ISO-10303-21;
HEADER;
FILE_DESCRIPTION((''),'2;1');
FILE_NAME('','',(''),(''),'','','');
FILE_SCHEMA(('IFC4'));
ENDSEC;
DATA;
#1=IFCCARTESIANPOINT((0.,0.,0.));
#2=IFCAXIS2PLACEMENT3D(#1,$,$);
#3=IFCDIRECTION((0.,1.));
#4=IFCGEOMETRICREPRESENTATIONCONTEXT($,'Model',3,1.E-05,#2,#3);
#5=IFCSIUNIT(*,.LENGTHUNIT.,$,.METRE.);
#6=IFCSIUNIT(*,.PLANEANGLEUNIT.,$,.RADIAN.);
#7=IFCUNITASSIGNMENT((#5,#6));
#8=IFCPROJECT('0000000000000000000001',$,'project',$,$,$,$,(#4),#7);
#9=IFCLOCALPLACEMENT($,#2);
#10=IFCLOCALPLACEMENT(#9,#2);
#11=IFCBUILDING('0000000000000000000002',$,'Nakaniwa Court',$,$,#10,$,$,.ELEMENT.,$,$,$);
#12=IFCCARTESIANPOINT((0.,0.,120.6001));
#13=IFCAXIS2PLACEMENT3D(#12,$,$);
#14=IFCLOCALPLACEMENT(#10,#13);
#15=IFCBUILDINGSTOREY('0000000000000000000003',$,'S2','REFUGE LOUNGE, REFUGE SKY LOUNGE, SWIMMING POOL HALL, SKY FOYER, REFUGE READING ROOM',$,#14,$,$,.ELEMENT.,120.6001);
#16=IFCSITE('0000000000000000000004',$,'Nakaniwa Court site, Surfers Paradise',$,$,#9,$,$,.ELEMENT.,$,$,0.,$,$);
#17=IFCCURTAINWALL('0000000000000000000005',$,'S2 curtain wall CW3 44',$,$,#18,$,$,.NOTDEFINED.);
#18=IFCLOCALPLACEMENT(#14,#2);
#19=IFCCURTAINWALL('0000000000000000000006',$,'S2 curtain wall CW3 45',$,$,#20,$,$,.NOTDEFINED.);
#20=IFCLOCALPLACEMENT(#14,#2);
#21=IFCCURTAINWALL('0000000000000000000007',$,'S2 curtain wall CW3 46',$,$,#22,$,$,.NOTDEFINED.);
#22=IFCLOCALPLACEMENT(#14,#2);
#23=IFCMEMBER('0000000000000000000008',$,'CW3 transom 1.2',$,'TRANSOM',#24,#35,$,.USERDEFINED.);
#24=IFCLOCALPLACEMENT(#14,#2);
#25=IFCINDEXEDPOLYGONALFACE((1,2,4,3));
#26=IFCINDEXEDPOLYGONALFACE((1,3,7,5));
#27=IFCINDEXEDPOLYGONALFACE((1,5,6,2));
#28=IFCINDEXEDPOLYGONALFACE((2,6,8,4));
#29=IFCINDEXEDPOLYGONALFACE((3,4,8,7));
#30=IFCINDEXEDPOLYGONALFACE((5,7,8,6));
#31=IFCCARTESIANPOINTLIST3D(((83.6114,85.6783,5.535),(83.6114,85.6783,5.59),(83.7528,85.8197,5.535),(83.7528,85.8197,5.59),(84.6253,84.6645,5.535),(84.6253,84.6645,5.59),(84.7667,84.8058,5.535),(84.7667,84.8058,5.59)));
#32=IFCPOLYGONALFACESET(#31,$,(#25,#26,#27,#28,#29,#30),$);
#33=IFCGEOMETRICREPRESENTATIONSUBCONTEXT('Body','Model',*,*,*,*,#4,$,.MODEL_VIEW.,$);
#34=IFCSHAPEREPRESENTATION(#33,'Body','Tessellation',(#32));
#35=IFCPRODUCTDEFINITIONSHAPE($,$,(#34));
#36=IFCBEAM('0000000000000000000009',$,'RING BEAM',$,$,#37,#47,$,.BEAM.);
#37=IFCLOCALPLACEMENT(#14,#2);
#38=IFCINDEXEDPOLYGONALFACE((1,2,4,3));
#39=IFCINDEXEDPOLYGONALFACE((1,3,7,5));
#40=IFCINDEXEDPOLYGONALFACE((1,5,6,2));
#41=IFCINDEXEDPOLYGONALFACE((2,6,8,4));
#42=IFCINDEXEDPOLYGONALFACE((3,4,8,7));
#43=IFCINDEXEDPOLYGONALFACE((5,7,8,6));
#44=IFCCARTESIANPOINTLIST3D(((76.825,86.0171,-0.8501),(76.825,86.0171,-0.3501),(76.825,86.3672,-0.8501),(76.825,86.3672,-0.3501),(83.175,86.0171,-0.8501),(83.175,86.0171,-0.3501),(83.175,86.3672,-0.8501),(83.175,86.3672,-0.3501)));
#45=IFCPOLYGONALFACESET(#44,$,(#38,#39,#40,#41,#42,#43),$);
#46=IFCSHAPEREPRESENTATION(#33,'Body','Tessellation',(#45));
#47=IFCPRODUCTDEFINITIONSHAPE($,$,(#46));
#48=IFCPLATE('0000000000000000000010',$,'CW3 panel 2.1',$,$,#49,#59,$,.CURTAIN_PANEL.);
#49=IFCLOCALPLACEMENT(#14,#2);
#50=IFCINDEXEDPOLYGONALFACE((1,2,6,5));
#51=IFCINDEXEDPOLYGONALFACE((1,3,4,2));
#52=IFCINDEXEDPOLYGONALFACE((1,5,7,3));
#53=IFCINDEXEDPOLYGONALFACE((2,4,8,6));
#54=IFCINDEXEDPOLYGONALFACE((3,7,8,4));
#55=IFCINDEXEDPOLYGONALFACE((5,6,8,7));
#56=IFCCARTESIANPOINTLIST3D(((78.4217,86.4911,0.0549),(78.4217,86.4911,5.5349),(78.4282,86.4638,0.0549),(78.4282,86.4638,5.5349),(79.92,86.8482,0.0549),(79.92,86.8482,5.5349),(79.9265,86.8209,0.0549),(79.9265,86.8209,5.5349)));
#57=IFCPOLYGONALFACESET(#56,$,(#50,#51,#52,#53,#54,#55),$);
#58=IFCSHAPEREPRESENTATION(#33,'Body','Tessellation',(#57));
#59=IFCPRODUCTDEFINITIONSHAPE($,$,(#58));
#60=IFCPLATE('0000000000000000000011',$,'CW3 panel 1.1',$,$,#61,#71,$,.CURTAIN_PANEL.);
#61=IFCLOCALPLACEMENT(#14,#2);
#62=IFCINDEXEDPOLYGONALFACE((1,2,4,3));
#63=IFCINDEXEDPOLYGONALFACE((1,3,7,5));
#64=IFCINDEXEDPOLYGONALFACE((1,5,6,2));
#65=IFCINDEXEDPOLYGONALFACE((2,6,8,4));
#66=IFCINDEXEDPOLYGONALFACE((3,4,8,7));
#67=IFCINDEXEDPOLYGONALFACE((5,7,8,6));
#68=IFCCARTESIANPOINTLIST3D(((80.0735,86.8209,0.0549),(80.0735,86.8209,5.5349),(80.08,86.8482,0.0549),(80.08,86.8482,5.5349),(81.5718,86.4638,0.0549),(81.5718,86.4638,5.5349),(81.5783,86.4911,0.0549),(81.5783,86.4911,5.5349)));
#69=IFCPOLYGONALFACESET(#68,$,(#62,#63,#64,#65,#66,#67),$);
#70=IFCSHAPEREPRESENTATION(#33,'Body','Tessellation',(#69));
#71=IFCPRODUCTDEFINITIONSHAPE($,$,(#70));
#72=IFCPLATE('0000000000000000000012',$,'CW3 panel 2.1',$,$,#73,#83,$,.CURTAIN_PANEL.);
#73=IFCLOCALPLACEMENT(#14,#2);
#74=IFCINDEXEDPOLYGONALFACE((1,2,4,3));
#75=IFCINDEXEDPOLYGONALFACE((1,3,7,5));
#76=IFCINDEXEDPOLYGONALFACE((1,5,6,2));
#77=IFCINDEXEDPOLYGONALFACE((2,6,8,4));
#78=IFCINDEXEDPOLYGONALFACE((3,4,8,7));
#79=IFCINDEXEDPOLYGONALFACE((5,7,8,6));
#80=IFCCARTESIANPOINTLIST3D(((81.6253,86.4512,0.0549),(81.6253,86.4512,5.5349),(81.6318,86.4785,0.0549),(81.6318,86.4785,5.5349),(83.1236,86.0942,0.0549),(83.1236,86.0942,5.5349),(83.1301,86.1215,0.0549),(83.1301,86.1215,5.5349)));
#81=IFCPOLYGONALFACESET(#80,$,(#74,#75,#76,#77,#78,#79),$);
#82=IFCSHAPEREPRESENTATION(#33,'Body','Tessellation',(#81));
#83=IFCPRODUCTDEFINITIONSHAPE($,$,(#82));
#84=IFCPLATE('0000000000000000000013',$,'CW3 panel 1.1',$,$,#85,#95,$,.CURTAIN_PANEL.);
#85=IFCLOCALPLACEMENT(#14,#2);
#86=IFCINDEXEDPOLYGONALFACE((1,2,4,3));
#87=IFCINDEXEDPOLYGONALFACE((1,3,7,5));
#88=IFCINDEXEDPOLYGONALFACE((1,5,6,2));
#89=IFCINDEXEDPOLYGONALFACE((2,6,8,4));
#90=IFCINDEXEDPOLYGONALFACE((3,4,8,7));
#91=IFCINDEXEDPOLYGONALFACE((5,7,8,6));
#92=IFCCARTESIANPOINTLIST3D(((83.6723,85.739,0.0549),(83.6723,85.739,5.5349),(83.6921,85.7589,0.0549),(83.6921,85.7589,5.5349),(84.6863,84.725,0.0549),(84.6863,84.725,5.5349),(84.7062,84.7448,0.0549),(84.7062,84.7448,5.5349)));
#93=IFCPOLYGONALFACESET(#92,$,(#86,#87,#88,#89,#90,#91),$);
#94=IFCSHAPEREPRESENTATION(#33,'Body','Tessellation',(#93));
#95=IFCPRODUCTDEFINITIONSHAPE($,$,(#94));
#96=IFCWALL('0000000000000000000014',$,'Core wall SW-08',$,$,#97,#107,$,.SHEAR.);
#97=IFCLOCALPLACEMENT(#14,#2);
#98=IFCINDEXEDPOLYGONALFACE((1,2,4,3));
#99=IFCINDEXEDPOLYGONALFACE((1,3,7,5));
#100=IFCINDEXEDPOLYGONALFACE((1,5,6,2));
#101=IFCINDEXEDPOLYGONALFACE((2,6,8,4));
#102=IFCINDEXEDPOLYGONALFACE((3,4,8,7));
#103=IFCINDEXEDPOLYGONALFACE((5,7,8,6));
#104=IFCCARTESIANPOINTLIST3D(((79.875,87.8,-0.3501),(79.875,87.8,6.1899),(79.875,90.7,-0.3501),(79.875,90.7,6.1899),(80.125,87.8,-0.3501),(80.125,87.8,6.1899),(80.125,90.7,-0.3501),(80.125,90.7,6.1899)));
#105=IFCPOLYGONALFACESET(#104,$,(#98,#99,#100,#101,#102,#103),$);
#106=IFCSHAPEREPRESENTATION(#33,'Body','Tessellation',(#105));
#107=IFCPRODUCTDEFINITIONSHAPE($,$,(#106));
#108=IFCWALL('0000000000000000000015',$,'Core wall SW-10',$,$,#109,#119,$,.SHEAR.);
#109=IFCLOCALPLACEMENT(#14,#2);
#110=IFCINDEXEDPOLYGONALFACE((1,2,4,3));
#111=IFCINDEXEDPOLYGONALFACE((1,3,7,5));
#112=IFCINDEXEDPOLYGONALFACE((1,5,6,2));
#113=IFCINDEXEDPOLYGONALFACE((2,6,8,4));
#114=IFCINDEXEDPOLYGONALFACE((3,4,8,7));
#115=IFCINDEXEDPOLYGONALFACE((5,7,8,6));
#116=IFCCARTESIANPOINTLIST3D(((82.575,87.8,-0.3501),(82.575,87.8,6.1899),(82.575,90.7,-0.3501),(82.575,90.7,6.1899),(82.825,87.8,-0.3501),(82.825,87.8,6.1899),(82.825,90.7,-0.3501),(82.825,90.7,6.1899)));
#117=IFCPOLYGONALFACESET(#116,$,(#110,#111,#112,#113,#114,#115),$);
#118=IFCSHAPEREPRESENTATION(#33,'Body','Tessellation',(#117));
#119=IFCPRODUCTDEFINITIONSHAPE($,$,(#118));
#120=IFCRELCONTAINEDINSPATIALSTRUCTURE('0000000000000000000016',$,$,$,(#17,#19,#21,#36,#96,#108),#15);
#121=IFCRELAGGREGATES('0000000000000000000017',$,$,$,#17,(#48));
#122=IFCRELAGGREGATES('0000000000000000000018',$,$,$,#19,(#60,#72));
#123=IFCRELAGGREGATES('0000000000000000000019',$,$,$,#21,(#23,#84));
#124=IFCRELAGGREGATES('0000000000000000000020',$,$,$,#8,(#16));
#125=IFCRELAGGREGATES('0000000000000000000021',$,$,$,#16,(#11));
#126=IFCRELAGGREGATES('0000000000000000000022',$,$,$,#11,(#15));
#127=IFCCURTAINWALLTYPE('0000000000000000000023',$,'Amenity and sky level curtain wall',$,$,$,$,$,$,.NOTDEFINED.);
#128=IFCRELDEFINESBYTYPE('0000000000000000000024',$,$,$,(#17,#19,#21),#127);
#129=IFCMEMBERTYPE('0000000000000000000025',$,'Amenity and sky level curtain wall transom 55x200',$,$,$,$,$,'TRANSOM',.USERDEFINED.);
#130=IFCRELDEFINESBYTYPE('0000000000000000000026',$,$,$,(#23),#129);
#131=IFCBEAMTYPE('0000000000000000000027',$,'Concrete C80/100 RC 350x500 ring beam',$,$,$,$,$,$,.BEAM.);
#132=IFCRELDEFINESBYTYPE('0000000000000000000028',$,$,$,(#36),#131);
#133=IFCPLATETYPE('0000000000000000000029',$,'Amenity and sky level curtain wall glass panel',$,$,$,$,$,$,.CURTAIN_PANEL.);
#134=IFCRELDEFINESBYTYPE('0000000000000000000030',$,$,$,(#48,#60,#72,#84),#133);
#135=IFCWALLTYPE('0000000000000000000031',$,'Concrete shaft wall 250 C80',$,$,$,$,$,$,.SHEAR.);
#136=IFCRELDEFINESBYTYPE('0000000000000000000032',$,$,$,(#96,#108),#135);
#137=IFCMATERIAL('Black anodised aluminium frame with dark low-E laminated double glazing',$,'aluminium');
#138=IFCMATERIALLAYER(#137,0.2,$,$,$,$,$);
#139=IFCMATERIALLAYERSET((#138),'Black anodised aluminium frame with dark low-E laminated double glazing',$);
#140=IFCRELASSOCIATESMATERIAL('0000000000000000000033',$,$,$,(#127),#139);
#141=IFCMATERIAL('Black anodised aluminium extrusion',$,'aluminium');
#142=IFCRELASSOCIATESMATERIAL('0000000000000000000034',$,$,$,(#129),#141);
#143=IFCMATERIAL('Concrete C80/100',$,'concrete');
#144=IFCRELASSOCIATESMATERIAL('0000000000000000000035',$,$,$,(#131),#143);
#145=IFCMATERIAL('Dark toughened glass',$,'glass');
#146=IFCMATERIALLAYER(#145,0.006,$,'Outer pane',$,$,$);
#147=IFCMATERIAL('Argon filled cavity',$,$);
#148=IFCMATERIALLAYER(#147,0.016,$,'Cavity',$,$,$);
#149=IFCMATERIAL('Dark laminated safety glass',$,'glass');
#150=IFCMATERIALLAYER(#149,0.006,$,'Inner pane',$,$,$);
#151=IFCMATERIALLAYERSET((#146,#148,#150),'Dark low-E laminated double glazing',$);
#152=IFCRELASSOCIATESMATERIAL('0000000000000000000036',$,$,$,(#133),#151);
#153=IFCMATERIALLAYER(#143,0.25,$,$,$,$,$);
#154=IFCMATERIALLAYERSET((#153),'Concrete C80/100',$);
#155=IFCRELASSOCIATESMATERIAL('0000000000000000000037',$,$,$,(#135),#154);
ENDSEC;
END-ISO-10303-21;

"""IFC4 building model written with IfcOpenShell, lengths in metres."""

from ifc_helpers import new_model, si_unit, direction, frame, frame_2d, origin, origin_2d, place, context, subcontext, project, spatial, rectangle, extrude, material, layer, layer_set, material_profile, profile_set, type_object, element, aggregate, save


model = new_model("IFC4")

# Units and contexts
model_context = context("Model", 3, precision=1e-05, world=origin(), true_north=direction((0.0, 1.0)))
body_context = subcontext(model_context, "Body", "Model", "MODEL_VIEW")
ifc_project = project(units=[si_unit("LENGTHUNIT", "METRE"), si_unit("PLANEANGLEUNIT", "RADIAN")], contexts=[model_context])

# Site, building, storey
site_placement = place(None, origin())
site = spatial("IfcSite", under=ifc_project, at=site_placement, Name="Nakaniwa Court site, Surfers Paradise", CompositionType="ELEMENT", RefElevation=0.0)
building_placement = place(site_placement, origin())
building = spatial("IfcBuilding", under=site, at=building_placement, Name="Nakaniwa Court", CompositionType="ELEMENT")
storey_placement = place(building_placement, frame((0.0, 0.0, 120.6001)))
storey = spatial("IfcBuildingStorey", under=building, at=storey_placement, Name="S2", Description="REFUGE LOUNGE, REFUGE SKY LOUNGE, SWIMMING POOL HALL, SKY FOYER, REFUGE READING ROOM", CompositionType="ELEMENT", Elevation=120.6001)

# Shared definitions
ifc_material_1 = material(Name="Concrete C80/100", Category="concrete")

# Curtain walls
ifc_material_2 = material(Name="Black anodised aluminium frame with dark low-E laminated double glazing", Category="aluminium")
ifc_layer_1 = layer(ifc_material_2, 0.2)
ifc_layer_set_1 = layer_set([ifc_layer_1], Name="Black anodised aluminium frame with dark low-E laminated double glazing")
curtain_wall_type = type_object("IfcCurtainWallType", Name="Amenity and sky level curtain wall", PredefinedType="NOTDEFINED", material=ifc_layer_set_1)
curtain_wall_1_placement = place(storey_placement, origin())
curtain_wall_1 = element("IfcCurtainWall", 1, at=curtain_wall_1_placement, inside=storey, type_object=curtain_wall_type, Name="S2 curtain wall CW3 44", PredefinedType="NOTDEFINED")
ifc_material_3 = material(Name="Black anodised aluminium extrusion", Category="aluminium")
curtain_wall_2_placement = place(storey_placement, origin())
curtain_wall_2 = element("IfcCurtainWall", 2, at=curtain_wall_2_placement, inside=storey, type_object=curtain_wall_type, Name="S2 curtain wall CW3 45", PredefinedType="NOTDEFINED")
curtain_wall_3_placement = place(storey_placement, origin())
curtain_wall_3 = element("IfcCurtainWall", 3, at=curtain_wall_3_placement, inside=storey, type_object=curtain_wall_type, Name="S2 curtain wall CW3 46", PredefinedType="NOTDEFINED")

# Member
ifc_material_profile_1 = material_profile(ifc_material_3, rectangle(XDim=0.2, YDim=0.0549, at=origin_2d()), Name="Amenity and sky level curtain wall transom 55x200")
ifc_profile_set_1 = profile_set([ifc_material_profile_1], Name="Black anodised aluminium extrusion")
member_type_1 = type_object("IfcMemberType", Name="Amenity and sky level curtain wall transom 55x200", ElementType="TRANSOM", PredefinedType="USERDEFINED", material=ifc_profile_set_1)
member_1_placement = place(storey_placement, frame((83.6821, 85.749, 5.5625), z_axis=(0.707107, -0.707107, 0.0), x_axis=(0.707107, 0.707107, 0.0)))
member_1 = element("IfcMember", 4, at=member_1_placement, type_object=member_type_1, Name="CW3 transom 1.2", ObjectType="TRANSOM", PredefinedType="USERDEFINED", context=body_context, shape_type="SweptSolid", body=[
    extrude(rectangle(XDim=0.2, YDim=0.0549, at=origin_2d()), origin(), (0.0, 0.0, 1.0), 1.4338),
])

# Beam
ifc_material_profile_2 = material_profile(ifc_material_1, rectangle(XDim=0.3501, YDim=0.5, at=origin_2d()), Name="Concrete C80/100 RC 350x500 ring beam")
ifc_profile_set_2 = profile_set([ifc_material_profile_2], Name="Concrete C80/100")
beam_type = type_object("IfcBeamType", Name="Concrete C80/100 RC 350x500 ring beam", PredefinedType="BEAM", material=ifc_profile_set_2)
beam_placement = place(storey_placement, frame((83.175, 86.1921, -0.6001), z_axis=(-1.0, 0.0, 0.0), x_axis=(0.0, -1.0, 0.0)))
element("IfcBeam", 5, at=beam_placement, inside=storey, type_object=beam_type, Name="RING BEAM", PredefinedType="BEAM", context=body_context, shape_type="SweptSolid", body=[
    extrude(rectangle(XDim=0.3501, YDim=0.5, at=origin_2d()), origin(), (0.0, 0.0, 1.0), 6.3501),
])

# Plates
ifc_material_4 = material(Name="Dark toughened glass", Category="glass")
ifc_layer_2 = layer(ifc_material_4, 0.006, Name="Outer pane")
ifc_material_5 = material(Name="Argon filled cavity")
ifc_layer_3 = layer(ifc_material_5, 0.016, Name="Cavity")
ifc_material_6 = material(Name="Dark laminated safety glass", Category="glass")
ifc_layer_4 = layer(ifc_material_6, 0.006, Name="Inner pane")
ifc_layer_set_2 = layer_set([ifc_layer_2, ifc_layer_3, ifc_layer_4], Name="Dark low-E laminated double glazing")
plate_type = type_object("IfcPlateType", Name="Amenity and sky level curtain wall glass panel", PredefinedType="CURTAIN_PANEL", material=ifc_layer_set_2)
plate_1_placement = place(storey_placement, frame((79.1741, 86.656, 0.0549), z_axis=(0.0, 0.0, 1.0), x_axis=(0.972766, 0.231791, 0.0)))
plate_1 = element("IfcPlate", 6, at=plate_1_placement, type_object=plate_type, Name="CW3 panel 2.1", PredefinedType="CURTAIN_PANEL", context=body_context, shape_type="SweptSolid", body=[
    extrude(rectangle(XDim=1.5403, YDim=0.0281, at=origin_2d()), origin(), (0.0, 0.0, 1.0), 5.48),
])
aggregate(curtain_wall_1, [plate_1])
plate_2_placement = place(storey_placement, frame((80.8259, 86.656, 0.0549), z_axis=(0.0, 0.0, 1.0), x_axis=(0.972766, -0.231791, 0.0)))
plate_2 = element("IfcPlate", 7, at=plate_2_placement, type_object=plate_type, Name="CW3 panel 1.1", PredefinedType="CURTAIN_PANEL", context=body_context, shape_type="SweptSolid", body=[
    extrude(rectangle(XDim=1.5403, YDim=0.0281, at=origin_2d()), origin(), (0.0, 0.0, 1.0), 5.48),
])
plate_3_placement = place(storey_placement, frame((82.3777, 86.2864, 0.0549), z_axis=(0.0, 0.0, 1.0), x_axis=(0.972766, -0.231791, 0.0)))
plate_3 = element("IfcPlate", 8, at=plate_3_placement, type_object=plate_type, Name="CW3 panel 2.1", PredefinedType="CURTAIN_PANEL", context=body_context, shape_type="SweptSolid", body=[
    extrude(rectangle(XDim=1.5403, YDim=0.0281, at=origin_2d()), origin(), (0.0, 0.0, 1.0), 5.48),
])
aggregate(curtain_wall_2, [plate_2, plate_3])
plate_4_placement = place(storey_placement, frame((84.1892, 85.2419, 0.0549), z_axis=(0.0, 0.0, 1.0), x_axis=(0.707107, -0.707107, 0.0)))
plate_4 = element("IfcPlate", 9, at=plate_4_placement, type_object=plate_type, Name="CW3 panel 1.1", PredefinedType="CURTAIN_PANEL", context=body_context, shape_type="SweptSolid", body=[
    extrude(rectangle(XDim=1.4341, YDim=0.0281, at=origin_2d()), origin(), (0.0, 0.0, 1.0), 5.48),
])
aggregate(curtain_wall_3, [member_1, plate_4])

# Walls
ifc_layer_5 = layer(ifc_material_1, 0.25)
ifc_layer_set_3 = layer_set([ifc_layer_5], Name="Concrete C80/100")
wall_type = type_object("IfcWallType", Name="Concrete shaft wall 250 C80", PredefinedType="SHEAR", material=ifc_layer_set_3)
for number, where, z_axis, x_axis, name in (
    (10, (80.0, 87.8, -0.3501), (0.0, 0.0, 1.0), (0.0, 1.0, 0.0), "Core wall SW-08"),
    (11, (82.7, 87.8, -0.3501), (0.0, 0.0, 1.0), (0.0, 1.0, 0.0), "Core wall SW-10"),
):
    element("IfcWall", number, at=place(storey_placement, frame(where, z_axis=z_axis, x_axis=x_axis)), inside=storey, type_object=wall_type, Name=name, PredefinedType="SHEAR", context=body_context, shape_type="SweptSolid", body=[
        extrude(rectangle(XDim=2.8999, YDim=0.25, at=frame_2d((1.45, 0.0))), origin(), (0.0, 0.0, 1.0), 6.54),
    ])

save(model, "model.ifc")
